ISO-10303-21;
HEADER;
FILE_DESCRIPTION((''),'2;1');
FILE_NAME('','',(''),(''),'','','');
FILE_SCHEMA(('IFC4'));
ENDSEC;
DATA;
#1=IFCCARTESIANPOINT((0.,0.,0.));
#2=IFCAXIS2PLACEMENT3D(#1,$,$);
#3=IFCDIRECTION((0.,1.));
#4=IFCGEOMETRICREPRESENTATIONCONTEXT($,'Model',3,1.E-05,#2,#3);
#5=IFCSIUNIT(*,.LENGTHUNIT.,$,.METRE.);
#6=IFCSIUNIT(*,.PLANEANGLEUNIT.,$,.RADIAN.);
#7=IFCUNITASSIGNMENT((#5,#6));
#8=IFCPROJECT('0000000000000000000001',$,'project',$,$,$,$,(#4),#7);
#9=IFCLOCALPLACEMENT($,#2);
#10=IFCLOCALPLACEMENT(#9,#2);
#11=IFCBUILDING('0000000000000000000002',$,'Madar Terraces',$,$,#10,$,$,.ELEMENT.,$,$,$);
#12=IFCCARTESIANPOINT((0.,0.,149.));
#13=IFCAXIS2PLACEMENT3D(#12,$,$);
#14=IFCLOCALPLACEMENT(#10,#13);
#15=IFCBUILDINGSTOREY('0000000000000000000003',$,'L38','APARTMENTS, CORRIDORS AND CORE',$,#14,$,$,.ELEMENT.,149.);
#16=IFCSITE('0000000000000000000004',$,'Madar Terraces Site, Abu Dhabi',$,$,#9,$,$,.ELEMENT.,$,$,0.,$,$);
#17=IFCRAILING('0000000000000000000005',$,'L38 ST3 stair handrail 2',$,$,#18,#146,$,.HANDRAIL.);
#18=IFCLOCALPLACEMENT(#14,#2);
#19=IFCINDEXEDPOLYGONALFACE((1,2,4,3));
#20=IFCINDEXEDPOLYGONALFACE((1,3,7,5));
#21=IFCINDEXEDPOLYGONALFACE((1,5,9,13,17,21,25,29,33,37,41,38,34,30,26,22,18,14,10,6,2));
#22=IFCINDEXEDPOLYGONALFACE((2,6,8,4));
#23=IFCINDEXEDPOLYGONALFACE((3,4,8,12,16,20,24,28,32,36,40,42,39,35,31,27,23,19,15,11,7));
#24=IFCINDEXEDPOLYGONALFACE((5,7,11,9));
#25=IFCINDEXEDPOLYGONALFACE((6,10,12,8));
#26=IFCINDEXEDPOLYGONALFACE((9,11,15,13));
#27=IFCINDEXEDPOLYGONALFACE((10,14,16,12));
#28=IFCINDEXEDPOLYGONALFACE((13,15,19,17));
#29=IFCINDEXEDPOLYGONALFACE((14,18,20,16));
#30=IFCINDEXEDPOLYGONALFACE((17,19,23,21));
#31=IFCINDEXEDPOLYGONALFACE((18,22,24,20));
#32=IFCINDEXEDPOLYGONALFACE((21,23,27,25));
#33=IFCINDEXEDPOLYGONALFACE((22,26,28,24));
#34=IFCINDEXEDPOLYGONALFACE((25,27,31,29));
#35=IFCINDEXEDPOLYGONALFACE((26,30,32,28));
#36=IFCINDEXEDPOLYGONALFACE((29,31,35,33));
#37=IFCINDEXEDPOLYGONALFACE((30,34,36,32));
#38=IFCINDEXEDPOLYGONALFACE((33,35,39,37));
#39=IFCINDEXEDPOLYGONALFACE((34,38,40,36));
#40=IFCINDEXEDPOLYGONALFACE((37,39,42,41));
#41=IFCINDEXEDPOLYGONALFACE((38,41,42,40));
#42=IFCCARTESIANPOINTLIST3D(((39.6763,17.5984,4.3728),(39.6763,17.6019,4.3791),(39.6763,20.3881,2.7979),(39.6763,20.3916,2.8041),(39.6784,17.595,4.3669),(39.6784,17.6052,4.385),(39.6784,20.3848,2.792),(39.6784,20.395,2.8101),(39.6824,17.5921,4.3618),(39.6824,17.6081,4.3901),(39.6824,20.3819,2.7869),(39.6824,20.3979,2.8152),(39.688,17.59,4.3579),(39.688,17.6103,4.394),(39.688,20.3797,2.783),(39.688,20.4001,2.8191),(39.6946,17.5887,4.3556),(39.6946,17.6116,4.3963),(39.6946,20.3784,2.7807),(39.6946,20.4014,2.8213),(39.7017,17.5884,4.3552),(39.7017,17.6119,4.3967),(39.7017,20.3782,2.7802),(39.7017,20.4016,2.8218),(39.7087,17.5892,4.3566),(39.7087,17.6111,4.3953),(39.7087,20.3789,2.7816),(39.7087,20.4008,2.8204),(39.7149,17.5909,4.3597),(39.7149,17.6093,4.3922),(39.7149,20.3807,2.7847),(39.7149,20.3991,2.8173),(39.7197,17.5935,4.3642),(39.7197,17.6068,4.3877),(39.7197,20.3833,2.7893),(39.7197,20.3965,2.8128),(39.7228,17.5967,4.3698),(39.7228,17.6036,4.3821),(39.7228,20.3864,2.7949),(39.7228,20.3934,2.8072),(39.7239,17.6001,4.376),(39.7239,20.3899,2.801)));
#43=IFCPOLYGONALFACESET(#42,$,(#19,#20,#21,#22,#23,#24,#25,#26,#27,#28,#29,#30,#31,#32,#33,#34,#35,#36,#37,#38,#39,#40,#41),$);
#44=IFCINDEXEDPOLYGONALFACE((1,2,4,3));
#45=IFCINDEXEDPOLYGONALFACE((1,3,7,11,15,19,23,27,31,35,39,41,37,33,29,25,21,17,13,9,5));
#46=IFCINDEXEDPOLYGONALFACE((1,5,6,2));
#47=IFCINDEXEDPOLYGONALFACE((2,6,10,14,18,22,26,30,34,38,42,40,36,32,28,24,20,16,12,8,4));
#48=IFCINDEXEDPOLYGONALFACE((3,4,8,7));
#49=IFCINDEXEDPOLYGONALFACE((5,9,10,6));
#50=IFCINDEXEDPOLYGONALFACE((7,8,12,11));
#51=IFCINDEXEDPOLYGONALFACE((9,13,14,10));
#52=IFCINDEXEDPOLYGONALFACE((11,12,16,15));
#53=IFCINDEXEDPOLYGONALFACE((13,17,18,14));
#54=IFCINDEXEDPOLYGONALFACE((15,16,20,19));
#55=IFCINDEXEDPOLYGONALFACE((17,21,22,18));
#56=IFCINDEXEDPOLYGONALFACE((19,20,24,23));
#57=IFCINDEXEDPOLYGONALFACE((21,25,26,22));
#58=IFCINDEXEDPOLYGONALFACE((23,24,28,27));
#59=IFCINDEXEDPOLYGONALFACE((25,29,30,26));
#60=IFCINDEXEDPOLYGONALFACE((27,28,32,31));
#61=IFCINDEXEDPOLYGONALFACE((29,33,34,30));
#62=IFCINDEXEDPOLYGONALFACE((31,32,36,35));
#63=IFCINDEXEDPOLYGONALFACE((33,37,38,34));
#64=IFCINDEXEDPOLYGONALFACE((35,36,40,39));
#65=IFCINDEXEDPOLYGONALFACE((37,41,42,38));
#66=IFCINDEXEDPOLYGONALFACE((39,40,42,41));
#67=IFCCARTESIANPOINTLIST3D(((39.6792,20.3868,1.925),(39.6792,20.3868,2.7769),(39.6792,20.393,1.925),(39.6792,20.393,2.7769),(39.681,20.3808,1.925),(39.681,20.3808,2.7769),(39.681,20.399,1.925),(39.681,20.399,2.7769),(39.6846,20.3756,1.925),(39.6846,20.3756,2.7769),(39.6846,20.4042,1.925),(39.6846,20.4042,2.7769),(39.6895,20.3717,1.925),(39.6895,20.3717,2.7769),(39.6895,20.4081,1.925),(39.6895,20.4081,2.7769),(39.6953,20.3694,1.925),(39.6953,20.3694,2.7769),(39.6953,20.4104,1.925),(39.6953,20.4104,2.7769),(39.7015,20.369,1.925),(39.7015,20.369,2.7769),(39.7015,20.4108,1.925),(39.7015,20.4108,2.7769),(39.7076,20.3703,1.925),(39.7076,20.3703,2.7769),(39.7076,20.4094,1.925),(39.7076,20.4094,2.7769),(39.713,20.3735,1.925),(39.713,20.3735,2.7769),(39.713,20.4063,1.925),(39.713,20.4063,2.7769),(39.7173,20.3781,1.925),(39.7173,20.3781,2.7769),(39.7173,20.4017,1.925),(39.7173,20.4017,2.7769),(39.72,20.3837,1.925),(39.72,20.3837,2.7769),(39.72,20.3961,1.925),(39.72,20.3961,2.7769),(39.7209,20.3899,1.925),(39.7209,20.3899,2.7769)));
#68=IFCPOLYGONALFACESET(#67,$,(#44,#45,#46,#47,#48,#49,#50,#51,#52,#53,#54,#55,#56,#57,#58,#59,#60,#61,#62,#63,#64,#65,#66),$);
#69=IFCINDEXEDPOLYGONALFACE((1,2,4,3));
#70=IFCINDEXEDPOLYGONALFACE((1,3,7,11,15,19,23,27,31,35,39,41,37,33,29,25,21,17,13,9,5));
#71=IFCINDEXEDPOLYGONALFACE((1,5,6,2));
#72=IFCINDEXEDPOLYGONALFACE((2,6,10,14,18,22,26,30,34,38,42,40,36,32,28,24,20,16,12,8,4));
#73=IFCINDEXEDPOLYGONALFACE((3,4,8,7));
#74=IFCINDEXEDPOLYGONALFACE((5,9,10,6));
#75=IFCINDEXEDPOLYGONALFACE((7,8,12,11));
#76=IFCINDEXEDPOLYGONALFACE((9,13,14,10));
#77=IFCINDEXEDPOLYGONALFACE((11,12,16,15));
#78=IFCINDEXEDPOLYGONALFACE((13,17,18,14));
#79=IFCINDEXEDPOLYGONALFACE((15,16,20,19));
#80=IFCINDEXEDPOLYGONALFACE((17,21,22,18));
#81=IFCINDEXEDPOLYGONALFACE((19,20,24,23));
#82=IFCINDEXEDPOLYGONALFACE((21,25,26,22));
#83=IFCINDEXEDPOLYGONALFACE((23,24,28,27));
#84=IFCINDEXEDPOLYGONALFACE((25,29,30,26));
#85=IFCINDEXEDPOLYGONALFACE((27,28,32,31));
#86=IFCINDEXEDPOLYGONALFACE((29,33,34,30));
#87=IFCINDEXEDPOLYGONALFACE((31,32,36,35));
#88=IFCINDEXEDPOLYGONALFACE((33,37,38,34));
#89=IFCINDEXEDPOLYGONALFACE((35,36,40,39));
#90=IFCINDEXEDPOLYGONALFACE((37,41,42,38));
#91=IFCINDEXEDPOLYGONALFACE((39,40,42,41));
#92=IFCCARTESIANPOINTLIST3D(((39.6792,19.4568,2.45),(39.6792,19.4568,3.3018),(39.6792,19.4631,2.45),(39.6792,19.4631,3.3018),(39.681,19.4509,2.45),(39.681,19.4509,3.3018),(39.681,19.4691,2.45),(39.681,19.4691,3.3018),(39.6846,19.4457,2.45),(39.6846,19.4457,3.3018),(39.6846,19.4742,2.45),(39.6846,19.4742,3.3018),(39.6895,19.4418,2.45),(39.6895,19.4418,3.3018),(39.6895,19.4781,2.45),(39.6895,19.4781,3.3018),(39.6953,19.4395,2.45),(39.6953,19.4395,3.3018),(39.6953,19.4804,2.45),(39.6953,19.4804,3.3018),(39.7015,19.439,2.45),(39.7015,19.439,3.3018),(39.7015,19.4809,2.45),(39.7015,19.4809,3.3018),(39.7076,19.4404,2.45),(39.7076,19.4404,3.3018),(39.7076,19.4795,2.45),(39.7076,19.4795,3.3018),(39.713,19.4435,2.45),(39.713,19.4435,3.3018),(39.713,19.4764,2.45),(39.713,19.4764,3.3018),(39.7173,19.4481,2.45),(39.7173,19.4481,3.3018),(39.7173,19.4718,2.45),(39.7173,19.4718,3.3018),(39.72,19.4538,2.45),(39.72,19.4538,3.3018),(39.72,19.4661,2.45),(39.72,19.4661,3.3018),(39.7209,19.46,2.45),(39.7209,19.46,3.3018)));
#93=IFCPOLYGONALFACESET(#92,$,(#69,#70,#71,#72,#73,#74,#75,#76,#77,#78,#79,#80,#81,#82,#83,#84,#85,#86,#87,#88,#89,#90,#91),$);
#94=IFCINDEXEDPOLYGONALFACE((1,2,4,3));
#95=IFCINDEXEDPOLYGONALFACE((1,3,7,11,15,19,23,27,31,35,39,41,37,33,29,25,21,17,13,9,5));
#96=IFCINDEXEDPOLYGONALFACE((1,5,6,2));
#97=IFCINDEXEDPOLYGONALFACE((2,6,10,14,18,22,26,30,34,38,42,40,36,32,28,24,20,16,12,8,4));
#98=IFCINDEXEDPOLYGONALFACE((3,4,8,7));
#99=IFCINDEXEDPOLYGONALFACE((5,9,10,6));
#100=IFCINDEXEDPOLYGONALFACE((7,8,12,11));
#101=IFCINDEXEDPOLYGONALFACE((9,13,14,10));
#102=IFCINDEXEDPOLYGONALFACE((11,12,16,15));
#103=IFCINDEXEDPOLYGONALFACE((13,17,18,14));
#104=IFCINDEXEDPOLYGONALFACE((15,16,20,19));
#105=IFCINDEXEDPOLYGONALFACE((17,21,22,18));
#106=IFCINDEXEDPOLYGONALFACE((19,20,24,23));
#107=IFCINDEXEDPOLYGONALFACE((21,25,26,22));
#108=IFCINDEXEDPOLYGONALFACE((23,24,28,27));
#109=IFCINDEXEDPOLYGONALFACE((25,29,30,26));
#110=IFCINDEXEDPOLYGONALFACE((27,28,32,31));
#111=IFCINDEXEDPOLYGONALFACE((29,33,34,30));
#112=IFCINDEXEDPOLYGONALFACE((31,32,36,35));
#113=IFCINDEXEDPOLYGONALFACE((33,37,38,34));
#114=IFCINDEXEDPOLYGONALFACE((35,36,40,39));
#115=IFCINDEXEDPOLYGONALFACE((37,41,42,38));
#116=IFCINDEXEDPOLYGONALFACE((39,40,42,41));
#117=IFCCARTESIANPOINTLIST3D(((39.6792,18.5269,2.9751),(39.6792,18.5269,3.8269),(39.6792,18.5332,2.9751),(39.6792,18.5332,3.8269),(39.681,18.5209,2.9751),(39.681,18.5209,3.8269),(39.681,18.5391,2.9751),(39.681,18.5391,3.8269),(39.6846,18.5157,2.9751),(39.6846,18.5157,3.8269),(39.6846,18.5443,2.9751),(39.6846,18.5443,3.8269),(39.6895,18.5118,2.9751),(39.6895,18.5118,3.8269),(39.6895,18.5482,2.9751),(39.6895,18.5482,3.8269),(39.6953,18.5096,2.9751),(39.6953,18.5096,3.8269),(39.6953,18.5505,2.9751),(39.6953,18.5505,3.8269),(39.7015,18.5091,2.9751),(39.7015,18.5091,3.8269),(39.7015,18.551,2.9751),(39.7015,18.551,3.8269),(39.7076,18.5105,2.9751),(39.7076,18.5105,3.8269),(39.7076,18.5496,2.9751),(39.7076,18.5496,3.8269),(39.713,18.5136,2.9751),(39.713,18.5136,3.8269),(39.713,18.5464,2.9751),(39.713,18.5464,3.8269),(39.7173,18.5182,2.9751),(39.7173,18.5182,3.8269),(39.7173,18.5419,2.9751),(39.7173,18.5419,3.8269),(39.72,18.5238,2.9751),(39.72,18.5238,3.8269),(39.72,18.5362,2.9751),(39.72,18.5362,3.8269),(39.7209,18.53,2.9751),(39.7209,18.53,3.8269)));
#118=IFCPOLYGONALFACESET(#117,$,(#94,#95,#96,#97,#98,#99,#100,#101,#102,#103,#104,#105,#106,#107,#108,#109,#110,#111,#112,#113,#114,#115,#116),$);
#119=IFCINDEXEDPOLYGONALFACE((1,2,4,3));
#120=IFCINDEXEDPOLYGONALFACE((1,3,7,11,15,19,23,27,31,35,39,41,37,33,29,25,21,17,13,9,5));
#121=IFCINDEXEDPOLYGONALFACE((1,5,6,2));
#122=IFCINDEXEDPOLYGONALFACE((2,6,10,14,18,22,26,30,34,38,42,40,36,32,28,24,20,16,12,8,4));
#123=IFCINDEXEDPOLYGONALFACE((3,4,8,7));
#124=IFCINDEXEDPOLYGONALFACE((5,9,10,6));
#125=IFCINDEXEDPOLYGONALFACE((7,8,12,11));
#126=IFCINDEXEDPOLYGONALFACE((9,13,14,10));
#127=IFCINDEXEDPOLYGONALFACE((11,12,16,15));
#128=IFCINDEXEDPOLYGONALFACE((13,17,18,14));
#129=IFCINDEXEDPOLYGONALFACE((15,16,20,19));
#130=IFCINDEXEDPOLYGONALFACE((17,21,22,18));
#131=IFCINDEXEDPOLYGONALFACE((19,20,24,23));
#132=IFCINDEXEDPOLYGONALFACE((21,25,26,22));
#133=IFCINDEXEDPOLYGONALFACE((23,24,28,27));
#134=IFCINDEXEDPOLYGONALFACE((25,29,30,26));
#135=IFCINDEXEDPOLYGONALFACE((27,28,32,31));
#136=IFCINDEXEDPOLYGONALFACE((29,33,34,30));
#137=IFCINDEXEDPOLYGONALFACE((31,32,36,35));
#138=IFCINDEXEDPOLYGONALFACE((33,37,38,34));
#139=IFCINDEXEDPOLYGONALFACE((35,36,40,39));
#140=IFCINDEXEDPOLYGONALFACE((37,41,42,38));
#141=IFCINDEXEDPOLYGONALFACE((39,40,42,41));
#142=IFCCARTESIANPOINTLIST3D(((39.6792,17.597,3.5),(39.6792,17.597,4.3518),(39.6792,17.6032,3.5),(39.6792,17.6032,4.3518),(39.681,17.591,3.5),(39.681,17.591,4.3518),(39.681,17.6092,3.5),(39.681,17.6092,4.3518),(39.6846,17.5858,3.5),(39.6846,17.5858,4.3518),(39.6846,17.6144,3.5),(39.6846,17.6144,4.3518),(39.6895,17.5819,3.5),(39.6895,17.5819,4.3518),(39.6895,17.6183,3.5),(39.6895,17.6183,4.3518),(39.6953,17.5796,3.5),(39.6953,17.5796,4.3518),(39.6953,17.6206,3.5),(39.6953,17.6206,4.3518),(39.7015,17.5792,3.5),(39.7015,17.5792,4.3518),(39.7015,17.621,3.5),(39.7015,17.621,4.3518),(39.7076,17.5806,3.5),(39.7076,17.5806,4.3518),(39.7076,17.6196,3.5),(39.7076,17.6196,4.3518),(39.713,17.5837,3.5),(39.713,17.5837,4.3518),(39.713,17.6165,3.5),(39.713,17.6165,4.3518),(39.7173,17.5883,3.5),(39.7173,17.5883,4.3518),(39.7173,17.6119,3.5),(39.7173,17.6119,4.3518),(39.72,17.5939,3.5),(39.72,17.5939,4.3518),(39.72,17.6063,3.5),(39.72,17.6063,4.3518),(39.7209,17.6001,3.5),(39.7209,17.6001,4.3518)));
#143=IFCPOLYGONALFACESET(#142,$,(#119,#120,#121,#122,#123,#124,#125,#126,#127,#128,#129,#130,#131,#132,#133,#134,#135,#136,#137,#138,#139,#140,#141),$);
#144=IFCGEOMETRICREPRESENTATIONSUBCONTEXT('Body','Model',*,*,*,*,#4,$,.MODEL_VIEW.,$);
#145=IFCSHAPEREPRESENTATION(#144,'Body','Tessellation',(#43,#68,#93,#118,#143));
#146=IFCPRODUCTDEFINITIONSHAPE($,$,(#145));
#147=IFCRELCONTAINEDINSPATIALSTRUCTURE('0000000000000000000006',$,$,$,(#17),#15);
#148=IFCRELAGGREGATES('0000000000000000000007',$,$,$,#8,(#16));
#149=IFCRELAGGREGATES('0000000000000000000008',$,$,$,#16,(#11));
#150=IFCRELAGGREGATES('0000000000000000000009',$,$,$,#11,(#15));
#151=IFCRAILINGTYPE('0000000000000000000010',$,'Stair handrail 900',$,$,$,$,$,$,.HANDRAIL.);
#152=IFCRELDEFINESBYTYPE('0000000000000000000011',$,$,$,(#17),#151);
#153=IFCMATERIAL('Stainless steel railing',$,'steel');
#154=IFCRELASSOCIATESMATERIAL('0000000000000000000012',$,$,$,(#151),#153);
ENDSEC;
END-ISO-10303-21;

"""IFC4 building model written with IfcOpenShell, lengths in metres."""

from ifc_helpers import new_model, si_unit, direction, frame, origin, origin_2d, place, context, subcontext, project, spatial, circle, extrude, material, type_object, element, save


model = new_model("IFC4")

# Units and contexts
model_context = context("Model", 3, precision=1e-05, world=origin(), true_north=direction((0.0, 1.0)))
body_context = subcontext(model_context, "Body", "Model", "MODEL_VIEW")
ifc_project = project(units=[si_unit("LENGTHUNIT", "METRE"), si_unit("PLANEANGLEUNIT", "RADIAN")], contexts=[model_context])

# Site, building, storey
site_placement = place(None, origin())
site = spatial("IfcSite", under=ifc_project, at=site_placement, Name="Madar Terraces Site, Abu Dhabi", CompositionType="ELEMENT", RefElevation=0.0)
building_placement = place(site_placement, origin())
building = spatial("IfcBuilding", under=site, at=building_placement, Name="Madar Terraces", CompositionType="ELEMENT")
storey_placement = place(building_placement, frame((0.0, 0.0, 149.0)))
storey = spatial("IfcBuildingStorey", under=building, at=storey_placement, Name="L38", Description="APARTMENTS, CORRIDORS AND CORE", CompositionType="ELEMENT", Elevation=149.0)

# Railing
ifc_material_1 = material(Name="Stainless steel railing", Category="steel")
railing_type_1 = type_object("IfcRailingType", Name="Stair handrail 900", PredefinedType="HANDRAIL", material=ifc_material_1)
railing_1_placement = place(storey_placement, frame((39.7, 20.3899, 1.925)))
element("IfcRailing", 1, at=railing_1_placement, inside=storey, type_object=railing_type_1, Name="L38 ST3 stair handrail 2", PredefinedType="HANDRAIL", context=body_context, shape_type="SweptSolid", body=[
    extrude(circle(Radius=0.0239, at=origin_2d()), frame((0.0, 0.0, 0.876), z_axis=(0.0, -0.870815, 0.49161), x_axis=(1.0, 0.0, 0.0)), (0.0, 0.0, 1.0), 3.2036),
    extrude(circle(Radius=0.021, at=origin_2d()), origin(), (0.0, 0.0, 1.0), 0.8518),
    extrude(circle(Radius=0.021, at=origin_2d()), frame((0.0, -0.9299, 0.5249)), (0.0, 0.0, 1.0), 0.8518),
    extrude(circle(Radius=0.021, at=origin_2d()), frame((0.0, -1.8599, 1.05)), (0.0, 0.0, 1.0), 0.8518),
    extrude(circle(Radius=0.021, at=origin_2d()), frame((0.0, -2.7898, 1.575)), (0.0, 0.0, 1.0), 0.8518),
])

save(model, "model.ifc")
